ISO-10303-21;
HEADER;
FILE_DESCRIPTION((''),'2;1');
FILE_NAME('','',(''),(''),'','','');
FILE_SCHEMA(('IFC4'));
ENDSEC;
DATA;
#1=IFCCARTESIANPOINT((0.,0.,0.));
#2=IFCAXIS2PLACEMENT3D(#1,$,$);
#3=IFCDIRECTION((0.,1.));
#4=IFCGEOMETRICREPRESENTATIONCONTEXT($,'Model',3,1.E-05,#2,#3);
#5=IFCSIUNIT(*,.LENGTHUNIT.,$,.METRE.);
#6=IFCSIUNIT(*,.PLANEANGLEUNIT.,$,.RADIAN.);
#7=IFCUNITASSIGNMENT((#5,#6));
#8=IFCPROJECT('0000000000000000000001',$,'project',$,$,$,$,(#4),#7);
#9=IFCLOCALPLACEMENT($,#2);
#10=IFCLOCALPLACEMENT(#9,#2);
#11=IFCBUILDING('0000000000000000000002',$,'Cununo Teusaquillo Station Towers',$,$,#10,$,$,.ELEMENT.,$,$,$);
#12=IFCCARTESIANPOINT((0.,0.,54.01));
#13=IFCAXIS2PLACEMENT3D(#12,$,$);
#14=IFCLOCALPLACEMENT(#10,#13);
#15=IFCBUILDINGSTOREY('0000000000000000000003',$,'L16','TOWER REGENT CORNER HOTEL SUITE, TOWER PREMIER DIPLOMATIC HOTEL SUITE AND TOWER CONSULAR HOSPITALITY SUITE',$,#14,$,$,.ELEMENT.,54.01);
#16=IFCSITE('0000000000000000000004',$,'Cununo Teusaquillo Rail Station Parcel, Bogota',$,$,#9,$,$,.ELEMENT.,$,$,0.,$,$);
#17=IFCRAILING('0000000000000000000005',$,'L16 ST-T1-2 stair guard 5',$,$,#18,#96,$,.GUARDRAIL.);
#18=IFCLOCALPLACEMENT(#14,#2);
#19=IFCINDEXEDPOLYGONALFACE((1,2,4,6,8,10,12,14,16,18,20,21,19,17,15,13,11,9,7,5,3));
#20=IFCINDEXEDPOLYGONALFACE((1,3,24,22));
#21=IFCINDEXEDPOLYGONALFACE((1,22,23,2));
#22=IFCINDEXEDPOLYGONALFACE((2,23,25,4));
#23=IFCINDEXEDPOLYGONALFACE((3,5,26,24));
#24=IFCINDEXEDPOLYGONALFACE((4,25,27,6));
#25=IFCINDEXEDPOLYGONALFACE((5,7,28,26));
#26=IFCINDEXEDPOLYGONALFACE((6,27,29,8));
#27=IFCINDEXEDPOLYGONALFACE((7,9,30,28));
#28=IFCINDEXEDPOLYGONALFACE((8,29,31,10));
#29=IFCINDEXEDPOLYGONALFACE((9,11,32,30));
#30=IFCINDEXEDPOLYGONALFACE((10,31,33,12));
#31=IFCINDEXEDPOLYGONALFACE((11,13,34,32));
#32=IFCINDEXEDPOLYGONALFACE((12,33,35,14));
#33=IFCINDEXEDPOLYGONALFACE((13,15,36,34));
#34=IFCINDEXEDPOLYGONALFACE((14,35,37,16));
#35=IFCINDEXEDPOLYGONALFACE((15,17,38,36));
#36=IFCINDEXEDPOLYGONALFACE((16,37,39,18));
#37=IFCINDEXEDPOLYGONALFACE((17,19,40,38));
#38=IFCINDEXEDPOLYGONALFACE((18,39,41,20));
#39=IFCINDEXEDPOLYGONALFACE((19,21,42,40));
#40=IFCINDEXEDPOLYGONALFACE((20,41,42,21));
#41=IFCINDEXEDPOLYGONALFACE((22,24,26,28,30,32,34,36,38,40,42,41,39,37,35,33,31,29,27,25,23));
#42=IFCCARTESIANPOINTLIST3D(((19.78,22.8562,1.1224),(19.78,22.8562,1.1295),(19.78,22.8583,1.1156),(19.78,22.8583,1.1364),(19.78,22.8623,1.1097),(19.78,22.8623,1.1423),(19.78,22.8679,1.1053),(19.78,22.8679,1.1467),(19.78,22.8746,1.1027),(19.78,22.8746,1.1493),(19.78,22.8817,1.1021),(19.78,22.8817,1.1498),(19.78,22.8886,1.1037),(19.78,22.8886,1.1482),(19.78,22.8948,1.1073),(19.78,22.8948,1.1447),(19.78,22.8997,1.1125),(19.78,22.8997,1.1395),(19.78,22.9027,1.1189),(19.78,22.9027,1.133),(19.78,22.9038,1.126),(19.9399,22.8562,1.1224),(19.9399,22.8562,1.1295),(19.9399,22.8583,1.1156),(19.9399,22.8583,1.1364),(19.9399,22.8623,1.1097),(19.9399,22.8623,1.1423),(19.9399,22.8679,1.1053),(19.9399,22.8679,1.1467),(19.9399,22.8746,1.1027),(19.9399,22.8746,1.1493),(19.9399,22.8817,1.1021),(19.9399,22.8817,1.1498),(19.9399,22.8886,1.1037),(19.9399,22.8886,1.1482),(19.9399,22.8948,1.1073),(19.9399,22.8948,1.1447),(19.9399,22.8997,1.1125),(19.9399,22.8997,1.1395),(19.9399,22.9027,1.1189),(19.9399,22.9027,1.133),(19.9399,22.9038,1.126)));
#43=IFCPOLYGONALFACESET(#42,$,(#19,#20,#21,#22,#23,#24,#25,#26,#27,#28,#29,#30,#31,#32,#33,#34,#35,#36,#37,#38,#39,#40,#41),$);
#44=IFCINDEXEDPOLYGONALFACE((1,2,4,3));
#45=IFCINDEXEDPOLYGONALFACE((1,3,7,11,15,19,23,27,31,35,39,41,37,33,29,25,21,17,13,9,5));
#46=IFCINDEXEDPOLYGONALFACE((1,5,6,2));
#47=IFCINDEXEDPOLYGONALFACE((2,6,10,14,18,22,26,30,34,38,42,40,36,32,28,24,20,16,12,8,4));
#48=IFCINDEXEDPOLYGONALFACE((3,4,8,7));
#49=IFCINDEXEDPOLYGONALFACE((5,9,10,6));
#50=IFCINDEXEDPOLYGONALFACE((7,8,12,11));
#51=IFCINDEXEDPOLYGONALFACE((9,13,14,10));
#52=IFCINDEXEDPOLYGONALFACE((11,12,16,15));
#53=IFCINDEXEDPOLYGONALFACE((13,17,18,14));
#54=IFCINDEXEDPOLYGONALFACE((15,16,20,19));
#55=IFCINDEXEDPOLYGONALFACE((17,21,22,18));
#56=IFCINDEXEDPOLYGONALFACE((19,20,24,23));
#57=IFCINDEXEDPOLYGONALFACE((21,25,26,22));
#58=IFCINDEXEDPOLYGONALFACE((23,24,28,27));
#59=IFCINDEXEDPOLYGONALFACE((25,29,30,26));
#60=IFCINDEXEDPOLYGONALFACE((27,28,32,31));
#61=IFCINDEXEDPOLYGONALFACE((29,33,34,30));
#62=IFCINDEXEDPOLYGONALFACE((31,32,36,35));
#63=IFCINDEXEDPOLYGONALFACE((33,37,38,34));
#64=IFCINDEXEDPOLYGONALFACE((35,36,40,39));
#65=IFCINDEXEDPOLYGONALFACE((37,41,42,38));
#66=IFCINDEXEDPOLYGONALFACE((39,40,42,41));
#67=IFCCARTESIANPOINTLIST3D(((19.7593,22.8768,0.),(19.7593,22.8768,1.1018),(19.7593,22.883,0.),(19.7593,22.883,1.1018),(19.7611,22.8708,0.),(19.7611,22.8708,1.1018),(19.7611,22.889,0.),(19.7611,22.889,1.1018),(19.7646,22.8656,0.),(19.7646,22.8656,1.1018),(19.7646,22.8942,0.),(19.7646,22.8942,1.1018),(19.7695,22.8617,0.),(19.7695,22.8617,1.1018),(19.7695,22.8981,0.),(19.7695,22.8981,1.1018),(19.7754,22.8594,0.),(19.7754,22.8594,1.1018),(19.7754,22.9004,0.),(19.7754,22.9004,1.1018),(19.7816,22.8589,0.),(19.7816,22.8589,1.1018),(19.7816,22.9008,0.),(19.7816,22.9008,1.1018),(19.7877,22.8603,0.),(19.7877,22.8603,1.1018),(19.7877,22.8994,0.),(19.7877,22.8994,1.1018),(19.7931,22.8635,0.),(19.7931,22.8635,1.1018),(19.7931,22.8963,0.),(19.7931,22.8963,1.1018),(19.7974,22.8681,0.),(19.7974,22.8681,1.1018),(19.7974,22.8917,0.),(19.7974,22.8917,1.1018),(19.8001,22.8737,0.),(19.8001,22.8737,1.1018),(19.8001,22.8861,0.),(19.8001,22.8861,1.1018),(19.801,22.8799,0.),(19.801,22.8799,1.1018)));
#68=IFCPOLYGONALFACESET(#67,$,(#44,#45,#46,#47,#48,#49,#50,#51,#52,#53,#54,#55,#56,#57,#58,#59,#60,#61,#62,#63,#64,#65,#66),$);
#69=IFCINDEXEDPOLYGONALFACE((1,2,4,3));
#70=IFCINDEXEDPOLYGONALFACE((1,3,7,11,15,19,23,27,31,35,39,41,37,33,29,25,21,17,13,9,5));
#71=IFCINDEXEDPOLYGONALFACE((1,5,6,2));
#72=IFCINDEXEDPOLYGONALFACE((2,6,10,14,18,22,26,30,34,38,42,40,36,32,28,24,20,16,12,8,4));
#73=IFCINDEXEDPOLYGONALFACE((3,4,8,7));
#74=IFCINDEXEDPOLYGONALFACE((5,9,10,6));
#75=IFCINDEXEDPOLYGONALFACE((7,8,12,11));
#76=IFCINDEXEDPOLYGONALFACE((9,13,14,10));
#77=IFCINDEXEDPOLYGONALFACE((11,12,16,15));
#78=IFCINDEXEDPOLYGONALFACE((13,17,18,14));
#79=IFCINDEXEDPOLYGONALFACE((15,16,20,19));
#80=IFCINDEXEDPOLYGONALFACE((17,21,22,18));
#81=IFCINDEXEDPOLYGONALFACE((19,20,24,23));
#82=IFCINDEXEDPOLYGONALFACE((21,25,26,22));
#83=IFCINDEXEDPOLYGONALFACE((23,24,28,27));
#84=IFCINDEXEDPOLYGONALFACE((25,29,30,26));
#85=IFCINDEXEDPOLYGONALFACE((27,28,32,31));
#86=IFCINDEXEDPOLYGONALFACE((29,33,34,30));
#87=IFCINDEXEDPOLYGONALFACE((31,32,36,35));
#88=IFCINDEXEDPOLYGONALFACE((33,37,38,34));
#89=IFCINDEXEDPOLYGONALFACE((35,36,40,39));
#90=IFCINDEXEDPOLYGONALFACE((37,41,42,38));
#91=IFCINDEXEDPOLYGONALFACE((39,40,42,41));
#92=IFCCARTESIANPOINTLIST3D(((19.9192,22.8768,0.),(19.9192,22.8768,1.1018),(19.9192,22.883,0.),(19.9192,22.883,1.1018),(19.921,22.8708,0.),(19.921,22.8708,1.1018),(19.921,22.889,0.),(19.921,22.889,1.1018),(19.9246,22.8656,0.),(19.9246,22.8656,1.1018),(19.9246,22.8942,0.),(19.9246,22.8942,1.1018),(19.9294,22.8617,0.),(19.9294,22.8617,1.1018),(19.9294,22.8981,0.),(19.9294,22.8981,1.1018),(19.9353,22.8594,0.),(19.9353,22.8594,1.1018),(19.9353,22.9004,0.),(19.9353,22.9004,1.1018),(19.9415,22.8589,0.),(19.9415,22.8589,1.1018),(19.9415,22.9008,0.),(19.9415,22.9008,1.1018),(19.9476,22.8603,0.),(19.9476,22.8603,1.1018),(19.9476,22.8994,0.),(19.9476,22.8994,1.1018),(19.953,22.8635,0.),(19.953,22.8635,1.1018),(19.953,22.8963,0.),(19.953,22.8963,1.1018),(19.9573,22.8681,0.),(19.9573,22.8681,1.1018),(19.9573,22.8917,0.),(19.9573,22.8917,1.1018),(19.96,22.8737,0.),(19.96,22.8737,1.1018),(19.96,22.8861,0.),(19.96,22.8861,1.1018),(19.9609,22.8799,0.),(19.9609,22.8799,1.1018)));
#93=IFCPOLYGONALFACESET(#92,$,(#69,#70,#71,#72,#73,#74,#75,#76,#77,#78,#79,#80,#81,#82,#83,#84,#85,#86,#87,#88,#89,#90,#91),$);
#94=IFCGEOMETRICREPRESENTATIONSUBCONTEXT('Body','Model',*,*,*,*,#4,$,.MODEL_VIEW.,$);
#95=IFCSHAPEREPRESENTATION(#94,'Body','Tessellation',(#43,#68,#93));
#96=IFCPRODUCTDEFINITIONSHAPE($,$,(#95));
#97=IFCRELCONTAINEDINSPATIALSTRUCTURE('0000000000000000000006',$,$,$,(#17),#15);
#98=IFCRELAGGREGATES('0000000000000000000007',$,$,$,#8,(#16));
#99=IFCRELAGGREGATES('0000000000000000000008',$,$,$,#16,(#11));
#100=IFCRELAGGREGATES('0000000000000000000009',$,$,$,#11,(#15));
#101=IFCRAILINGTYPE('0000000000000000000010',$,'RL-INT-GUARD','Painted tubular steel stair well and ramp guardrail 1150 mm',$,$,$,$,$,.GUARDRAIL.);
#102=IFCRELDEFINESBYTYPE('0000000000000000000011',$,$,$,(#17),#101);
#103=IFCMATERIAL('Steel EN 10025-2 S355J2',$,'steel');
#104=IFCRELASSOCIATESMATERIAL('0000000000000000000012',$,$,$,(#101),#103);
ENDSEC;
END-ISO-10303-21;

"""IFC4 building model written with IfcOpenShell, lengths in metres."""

from ifc_helpers import new_model, si_unit, direction, frame, origin, origin_2d, place, context, subcontext, project, spatial, circle, extrude, material, type_object, element, save


model = new_model("IFC4")

# Units and contexts
model_context = context("Model", 3, precision=1e-05, world=origin(), true_north=direction((0.0, 1.0)))
body_context = subcontext(model_context, "Body", "Model", "MODEL_VIEW")
ifc_project = project(units=[si_unit("LENGTHUNIT", "METRE"), si_unit("PLANEANGLEUNIT", "RADIAN")], contexts=[model_context])

# Site, building, storey
site_placement = place(None, origin())
site = spatial("IfcSite", under=ifc_project, at=site_placement, Name="Cununo Teusaquillo Rail Station Parcel, Bogota", CompositionType="ELEMENT", RefElevation=0.0)
building_placement = place(site_placement, origin())
building = spatial("IfcBuilding", under=site, at=building_placement, Name="Cununo Teusaquillo Station Towers", CompositionType="ELEMENT")
storey_placement = place(building_placement, frame((0.0, 0.0, 54.01)))
storey = spatial("IfcBuildingStorey", under=building, at=storey_placement, Name="L16", Description="TOWER REGENT CORNER HOTEL SUITE, TOWER PREMIER DIPLOMATIC HOTEL SUITE AND TOWER CONSULAR HOSPITALITY SUITE", CompositionType="ELEMENT", Elevation=54.01)

# Railing
ifc_material_1 = material(Name="Steel EN 10025-2 S355J2", Category="steel")
railing_type_1 = type_object("IfcRailingType", Name="RL-INT-GUARD", Description="Painted tubular steel stair well and ramp guardrail 1150 mm", PredefinedType="GUARDRAIL", material=ifc_material_1)
railing_1_placement = place(storey_placement, frame((19.78, 22.8799, 0.0)))
element("IfcRailing", 1, at=railing_1_placement, inside=storey, type_object=railing_type_1, Name="L16 ST-T1-2 stair guard 5", PredefinedType="GUARDRAIL", context=body_context, shape_type="SweptSolid", body=[
    extrude(circle(Radius=0.0239, at=origin_2d()), frame((0.0, 0.0, 1.126), z_axis=(1.0, 0.0, 0.0), x_axis=(0.0, 1.0, 0.0)), (0.0, 0.0, 1.0), 0.1599),
    extrude(circle(Radius=0.021, at=origin_2d()), origin(), (0.0, 0.0, 1.0), 1.1018),
    extrude(circle(Radius=0.021, at=origin_2d()), frame((0.1599, 0.0, 0.0)), (0.0, 0.0, 1.0), 1.1018),
])

save(model, "model.ifc")
